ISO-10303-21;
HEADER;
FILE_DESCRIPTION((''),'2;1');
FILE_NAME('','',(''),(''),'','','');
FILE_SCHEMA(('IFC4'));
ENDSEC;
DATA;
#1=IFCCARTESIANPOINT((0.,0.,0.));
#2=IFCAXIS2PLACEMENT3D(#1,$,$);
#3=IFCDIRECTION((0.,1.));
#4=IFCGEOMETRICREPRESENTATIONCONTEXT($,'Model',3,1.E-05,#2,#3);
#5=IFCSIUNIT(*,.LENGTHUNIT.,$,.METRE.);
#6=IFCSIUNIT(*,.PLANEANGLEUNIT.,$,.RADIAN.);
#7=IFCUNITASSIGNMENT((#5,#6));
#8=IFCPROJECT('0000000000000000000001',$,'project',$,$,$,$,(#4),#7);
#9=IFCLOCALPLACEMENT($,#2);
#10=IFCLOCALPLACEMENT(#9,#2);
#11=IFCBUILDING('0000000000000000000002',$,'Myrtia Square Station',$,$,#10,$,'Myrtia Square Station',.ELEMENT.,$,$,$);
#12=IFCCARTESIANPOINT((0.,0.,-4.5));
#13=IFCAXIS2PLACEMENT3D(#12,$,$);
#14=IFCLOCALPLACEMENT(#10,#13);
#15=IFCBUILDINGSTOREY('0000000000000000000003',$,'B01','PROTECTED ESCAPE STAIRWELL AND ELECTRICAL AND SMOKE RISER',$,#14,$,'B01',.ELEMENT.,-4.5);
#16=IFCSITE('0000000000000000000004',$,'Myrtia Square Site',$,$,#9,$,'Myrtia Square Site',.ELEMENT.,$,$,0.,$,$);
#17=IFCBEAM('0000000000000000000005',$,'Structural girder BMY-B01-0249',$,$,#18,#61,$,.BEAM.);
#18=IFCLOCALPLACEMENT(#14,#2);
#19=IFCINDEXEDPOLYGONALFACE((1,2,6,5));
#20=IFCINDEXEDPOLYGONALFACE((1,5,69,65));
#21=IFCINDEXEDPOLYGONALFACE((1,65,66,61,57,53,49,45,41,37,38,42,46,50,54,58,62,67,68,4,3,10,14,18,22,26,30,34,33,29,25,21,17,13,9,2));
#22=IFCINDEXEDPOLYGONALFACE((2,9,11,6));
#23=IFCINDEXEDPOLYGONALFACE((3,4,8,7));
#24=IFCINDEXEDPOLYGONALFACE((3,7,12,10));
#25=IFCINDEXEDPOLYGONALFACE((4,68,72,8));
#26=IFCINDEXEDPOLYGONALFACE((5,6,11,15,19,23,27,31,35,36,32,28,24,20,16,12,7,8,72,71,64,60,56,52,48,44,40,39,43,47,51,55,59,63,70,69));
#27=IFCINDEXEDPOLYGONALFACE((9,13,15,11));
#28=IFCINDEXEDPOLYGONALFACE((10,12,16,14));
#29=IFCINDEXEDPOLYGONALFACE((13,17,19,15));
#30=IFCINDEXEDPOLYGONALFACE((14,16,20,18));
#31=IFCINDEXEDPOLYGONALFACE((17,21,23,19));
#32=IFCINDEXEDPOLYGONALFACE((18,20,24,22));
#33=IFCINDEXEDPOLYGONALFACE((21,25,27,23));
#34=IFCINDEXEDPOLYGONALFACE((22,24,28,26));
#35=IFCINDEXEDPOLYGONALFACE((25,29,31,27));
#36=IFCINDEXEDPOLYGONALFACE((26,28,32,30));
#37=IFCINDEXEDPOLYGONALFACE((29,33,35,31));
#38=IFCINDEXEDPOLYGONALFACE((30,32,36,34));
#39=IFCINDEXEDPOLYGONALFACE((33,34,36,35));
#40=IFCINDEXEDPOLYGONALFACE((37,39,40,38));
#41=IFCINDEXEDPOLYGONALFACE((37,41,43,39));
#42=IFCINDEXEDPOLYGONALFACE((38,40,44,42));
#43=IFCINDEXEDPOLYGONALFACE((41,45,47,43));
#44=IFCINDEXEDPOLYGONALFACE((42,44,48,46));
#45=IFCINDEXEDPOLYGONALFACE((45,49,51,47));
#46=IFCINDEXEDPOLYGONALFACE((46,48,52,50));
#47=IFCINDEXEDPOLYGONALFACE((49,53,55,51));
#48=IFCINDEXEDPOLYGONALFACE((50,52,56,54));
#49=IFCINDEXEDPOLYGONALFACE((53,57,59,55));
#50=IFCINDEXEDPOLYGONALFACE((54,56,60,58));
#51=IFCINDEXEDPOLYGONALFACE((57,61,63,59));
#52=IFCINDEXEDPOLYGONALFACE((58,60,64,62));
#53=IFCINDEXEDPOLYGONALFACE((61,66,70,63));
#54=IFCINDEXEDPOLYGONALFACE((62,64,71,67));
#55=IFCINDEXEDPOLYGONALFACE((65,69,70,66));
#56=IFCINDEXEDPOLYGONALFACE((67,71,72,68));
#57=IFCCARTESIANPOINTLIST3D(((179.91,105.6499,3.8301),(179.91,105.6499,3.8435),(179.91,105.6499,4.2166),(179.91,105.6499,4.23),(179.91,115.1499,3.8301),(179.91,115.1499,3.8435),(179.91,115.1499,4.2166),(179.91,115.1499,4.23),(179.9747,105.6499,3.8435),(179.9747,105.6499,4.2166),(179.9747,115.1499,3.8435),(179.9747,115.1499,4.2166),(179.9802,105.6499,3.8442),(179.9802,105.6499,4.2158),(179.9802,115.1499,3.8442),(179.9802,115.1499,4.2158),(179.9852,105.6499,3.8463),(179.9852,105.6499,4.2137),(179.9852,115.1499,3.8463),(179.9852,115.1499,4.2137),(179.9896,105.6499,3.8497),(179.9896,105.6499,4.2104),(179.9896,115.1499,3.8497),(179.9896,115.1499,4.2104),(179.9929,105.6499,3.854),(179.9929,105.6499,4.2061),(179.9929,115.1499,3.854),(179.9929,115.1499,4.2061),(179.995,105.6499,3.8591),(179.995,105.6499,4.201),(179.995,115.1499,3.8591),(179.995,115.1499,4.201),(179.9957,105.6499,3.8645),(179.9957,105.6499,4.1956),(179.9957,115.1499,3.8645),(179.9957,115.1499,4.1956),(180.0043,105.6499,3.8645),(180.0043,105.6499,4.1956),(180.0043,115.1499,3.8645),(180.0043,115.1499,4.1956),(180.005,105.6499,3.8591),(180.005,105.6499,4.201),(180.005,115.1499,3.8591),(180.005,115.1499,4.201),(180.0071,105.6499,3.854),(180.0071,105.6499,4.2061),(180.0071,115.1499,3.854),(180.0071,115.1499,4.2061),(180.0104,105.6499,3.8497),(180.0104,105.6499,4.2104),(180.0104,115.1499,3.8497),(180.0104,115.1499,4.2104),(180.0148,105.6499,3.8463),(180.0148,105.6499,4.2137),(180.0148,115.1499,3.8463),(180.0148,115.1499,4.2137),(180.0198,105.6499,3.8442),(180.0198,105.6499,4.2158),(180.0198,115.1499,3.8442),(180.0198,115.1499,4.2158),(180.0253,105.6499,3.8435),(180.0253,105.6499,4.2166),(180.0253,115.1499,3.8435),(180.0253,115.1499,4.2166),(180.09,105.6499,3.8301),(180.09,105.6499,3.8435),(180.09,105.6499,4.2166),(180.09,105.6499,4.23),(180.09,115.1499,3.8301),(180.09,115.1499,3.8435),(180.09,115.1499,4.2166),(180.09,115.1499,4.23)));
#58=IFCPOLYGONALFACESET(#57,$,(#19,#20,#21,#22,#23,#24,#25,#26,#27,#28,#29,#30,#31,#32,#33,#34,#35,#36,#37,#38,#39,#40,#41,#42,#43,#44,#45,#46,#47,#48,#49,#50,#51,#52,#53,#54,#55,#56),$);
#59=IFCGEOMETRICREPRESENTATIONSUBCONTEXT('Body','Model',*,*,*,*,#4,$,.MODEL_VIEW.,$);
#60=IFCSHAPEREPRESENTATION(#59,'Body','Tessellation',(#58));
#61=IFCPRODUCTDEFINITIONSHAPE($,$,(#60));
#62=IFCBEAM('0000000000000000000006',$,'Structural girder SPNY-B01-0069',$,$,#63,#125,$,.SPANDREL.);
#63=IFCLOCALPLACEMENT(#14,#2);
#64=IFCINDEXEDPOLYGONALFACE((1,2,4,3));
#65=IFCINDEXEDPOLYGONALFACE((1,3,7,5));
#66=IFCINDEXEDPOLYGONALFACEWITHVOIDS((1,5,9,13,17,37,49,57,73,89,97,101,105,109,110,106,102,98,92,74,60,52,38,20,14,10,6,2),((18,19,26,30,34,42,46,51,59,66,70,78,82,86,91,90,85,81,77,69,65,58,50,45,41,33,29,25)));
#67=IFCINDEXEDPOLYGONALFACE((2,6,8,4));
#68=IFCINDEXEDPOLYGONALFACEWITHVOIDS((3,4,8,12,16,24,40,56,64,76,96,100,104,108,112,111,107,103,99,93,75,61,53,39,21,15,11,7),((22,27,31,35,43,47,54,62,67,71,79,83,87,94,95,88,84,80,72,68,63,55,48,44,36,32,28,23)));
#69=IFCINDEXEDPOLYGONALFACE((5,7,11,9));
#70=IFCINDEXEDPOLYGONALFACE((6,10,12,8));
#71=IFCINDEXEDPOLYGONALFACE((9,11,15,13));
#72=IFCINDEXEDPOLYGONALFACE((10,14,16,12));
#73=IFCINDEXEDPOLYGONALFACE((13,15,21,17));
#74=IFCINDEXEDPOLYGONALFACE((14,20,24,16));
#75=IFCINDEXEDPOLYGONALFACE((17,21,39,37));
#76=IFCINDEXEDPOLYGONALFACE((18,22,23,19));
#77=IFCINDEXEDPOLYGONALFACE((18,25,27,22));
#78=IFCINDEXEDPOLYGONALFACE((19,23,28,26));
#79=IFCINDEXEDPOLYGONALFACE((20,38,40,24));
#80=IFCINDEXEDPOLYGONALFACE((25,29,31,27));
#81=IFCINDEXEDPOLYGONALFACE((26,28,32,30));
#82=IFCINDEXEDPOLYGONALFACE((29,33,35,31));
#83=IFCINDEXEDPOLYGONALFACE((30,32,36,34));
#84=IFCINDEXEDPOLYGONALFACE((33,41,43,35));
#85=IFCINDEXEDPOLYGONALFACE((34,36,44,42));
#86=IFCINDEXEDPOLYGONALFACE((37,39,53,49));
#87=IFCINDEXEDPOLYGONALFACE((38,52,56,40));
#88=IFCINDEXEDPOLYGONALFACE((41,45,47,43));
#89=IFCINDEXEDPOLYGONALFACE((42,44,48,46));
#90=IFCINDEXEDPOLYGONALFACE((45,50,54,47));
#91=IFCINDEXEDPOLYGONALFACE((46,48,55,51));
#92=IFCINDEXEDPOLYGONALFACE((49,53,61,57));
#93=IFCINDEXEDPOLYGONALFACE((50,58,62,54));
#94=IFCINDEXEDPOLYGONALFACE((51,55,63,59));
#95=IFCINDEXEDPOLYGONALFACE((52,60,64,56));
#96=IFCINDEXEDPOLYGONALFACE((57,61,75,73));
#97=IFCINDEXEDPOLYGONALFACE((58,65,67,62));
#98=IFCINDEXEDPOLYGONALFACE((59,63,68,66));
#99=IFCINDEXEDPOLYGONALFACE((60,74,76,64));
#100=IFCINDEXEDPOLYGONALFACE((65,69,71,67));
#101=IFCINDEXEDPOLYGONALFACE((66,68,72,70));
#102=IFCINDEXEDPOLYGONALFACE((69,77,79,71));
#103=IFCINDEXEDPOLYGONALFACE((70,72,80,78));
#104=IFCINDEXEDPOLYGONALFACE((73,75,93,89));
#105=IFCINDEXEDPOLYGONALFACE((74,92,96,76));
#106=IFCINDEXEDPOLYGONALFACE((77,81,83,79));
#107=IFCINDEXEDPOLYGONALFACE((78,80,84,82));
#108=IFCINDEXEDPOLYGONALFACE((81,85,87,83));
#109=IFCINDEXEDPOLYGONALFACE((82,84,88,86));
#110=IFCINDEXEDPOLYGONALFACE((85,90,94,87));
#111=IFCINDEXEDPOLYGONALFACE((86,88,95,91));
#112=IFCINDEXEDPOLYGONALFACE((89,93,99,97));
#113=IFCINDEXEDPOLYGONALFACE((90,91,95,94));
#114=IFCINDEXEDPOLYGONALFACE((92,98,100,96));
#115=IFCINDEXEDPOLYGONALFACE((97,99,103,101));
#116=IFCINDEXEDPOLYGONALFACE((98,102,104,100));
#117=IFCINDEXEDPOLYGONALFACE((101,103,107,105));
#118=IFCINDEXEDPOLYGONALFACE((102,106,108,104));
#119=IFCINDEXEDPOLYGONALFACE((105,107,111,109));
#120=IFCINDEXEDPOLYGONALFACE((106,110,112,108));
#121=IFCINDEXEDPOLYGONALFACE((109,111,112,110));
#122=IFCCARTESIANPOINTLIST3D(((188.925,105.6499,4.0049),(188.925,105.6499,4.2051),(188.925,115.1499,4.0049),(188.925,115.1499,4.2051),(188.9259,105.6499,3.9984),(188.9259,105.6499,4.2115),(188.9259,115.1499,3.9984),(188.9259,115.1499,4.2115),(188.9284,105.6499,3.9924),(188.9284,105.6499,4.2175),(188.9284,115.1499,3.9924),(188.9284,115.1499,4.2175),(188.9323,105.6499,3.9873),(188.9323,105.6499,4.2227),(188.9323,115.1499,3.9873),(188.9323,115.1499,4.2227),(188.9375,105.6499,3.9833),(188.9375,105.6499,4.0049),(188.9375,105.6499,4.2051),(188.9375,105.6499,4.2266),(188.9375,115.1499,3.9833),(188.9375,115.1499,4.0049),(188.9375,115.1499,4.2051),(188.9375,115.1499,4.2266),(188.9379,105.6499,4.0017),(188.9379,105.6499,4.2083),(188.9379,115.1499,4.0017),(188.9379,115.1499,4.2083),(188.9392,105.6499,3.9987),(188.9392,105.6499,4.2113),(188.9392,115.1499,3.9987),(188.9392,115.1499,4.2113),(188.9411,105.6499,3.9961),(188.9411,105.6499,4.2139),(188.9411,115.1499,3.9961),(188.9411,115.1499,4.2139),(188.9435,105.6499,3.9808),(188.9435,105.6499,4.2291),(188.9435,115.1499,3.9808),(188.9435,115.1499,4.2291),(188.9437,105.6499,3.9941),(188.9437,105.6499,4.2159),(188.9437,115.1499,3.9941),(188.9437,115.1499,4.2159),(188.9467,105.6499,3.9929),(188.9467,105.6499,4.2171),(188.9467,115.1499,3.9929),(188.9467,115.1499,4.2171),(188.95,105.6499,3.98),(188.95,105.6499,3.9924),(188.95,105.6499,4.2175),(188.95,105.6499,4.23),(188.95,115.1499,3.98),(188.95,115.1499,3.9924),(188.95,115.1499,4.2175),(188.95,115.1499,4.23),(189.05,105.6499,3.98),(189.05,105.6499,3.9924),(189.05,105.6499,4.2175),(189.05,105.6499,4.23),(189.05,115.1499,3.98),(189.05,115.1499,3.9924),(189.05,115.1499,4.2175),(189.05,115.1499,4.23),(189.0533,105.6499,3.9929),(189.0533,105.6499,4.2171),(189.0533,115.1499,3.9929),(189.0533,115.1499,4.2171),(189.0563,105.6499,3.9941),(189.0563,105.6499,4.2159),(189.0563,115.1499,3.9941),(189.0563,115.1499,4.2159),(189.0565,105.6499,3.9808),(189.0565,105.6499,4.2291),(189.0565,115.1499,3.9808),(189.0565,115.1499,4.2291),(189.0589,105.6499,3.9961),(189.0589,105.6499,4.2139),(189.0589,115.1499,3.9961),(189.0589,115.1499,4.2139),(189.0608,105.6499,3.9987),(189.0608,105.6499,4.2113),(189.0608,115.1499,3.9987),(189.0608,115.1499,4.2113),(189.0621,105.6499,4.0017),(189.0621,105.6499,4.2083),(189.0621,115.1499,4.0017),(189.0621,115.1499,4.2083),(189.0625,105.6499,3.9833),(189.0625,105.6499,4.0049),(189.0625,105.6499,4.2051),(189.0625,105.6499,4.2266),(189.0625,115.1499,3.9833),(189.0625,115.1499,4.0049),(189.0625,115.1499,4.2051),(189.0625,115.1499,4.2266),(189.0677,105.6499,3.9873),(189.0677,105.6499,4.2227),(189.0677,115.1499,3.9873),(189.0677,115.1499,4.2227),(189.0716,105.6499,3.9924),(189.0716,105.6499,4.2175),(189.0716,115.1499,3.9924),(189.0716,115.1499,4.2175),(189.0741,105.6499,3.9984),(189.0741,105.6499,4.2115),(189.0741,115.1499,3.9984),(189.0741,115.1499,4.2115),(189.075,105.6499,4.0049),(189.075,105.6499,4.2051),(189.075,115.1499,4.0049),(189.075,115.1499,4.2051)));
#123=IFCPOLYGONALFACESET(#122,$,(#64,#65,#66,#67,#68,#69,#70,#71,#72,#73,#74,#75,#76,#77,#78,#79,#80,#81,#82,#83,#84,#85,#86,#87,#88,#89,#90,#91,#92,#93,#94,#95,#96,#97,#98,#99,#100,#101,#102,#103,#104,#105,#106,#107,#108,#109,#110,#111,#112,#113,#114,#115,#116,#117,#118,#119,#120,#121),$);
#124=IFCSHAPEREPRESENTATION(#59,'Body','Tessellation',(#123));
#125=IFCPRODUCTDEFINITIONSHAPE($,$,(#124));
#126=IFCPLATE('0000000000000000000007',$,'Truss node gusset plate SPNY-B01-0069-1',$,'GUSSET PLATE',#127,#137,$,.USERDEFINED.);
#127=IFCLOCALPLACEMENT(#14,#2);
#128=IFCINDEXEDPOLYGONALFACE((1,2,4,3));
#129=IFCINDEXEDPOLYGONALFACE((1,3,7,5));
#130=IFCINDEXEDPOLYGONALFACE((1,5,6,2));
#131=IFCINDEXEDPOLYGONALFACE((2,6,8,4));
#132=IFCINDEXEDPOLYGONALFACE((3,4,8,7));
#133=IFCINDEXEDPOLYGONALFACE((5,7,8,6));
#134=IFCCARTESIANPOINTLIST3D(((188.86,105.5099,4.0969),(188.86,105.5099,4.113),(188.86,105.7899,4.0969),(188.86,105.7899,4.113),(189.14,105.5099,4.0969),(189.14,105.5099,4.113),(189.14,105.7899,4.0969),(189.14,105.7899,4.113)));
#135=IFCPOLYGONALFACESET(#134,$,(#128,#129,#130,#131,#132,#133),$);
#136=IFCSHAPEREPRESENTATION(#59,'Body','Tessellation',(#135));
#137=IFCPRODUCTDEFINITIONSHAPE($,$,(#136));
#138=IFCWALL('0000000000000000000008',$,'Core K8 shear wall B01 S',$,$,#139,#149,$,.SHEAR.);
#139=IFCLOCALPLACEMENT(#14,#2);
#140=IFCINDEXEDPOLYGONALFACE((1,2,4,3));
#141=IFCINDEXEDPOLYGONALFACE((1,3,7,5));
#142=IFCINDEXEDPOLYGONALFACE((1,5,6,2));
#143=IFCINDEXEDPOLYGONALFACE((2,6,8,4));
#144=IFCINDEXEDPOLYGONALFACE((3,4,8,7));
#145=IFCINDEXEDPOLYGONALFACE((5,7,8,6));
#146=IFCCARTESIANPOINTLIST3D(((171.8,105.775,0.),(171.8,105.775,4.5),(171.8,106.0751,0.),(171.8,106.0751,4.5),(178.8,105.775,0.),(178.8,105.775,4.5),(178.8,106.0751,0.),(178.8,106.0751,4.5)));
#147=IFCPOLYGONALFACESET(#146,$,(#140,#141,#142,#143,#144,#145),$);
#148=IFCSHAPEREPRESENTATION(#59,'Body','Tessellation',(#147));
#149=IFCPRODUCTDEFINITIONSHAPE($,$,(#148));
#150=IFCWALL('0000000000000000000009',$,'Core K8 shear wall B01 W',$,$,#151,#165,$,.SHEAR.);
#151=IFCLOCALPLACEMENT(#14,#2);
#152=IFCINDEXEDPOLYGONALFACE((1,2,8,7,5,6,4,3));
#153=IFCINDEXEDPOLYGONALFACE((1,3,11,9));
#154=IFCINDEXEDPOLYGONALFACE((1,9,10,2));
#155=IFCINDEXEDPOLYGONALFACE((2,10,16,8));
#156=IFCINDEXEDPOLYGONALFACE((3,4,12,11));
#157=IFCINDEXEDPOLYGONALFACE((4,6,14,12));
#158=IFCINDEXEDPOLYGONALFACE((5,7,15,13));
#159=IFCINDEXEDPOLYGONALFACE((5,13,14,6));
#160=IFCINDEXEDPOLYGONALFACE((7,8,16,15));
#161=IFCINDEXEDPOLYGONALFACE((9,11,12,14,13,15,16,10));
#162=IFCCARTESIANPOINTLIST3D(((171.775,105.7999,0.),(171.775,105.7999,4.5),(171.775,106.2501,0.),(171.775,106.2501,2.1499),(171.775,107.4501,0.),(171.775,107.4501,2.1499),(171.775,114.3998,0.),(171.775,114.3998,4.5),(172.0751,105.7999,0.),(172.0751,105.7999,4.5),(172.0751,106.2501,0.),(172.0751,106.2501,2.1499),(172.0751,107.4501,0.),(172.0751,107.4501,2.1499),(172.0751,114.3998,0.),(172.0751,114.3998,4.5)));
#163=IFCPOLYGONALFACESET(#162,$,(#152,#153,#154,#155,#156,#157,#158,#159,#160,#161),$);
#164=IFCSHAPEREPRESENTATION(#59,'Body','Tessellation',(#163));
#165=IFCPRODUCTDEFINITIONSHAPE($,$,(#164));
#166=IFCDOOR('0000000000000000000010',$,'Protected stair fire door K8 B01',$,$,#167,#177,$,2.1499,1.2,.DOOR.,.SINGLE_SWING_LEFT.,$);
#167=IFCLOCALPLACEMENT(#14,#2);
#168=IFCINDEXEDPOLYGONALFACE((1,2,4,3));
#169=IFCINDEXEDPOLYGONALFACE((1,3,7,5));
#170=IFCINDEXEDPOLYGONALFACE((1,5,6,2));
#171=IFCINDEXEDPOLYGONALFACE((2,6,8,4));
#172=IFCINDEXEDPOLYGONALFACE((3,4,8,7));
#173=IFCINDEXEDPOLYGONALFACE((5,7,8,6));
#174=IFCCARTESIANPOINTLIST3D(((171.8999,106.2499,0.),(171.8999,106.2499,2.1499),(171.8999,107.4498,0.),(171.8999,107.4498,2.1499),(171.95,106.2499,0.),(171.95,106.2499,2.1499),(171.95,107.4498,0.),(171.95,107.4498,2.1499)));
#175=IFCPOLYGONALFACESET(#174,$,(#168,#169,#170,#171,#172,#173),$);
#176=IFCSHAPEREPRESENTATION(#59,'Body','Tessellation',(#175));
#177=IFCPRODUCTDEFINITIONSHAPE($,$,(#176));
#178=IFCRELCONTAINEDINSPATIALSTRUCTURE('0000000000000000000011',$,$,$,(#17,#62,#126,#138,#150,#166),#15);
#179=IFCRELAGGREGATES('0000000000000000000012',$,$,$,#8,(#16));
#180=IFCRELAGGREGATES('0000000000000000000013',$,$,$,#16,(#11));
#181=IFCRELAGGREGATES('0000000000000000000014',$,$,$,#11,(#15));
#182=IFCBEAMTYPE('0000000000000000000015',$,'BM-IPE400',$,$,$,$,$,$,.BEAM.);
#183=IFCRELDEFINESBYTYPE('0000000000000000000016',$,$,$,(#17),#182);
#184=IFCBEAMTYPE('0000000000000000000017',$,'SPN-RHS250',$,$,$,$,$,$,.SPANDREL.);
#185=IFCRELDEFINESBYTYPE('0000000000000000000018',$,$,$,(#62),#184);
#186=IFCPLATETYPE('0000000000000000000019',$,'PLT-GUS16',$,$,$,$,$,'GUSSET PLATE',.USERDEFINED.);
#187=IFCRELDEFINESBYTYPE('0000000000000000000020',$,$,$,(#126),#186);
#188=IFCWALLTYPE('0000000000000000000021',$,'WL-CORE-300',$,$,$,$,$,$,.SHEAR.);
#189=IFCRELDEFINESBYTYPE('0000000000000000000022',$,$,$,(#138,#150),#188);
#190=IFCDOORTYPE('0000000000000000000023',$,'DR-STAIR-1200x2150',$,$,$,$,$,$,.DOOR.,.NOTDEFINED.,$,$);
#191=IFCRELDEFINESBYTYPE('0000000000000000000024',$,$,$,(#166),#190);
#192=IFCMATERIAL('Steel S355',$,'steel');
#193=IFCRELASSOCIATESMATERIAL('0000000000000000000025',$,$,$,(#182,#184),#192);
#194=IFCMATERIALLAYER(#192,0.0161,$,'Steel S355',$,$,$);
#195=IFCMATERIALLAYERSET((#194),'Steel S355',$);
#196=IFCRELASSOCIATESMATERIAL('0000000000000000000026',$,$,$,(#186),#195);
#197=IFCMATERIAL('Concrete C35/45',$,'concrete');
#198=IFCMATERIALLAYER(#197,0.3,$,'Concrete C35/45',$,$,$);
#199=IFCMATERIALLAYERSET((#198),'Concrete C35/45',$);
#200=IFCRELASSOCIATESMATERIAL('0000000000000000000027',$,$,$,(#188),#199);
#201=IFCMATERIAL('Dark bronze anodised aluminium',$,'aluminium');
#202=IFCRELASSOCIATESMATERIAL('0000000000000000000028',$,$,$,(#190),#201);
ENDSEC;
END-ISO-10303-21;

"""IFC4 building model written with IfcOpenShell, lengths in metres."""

from ifc_helpers import new_model, si_unit, direction, frame, frame_2d, origin, origin_2d, place, context, subcontext, project, spatial, rectangle, hollow_rectangle, i_section, extrude, material, layer, layer_set, material_profile, profile_set, type_object, element, fill, save


model = new_model("IFC4")

# Units and contexts
model_context = context("Model", 3, precision=1e-05, world=origin(), true_north=direction((0.0, 1.0)))
body_context = subcontext(model_context, "Body", "Model", "MODEL_VIEW")
ifc_project = project(units=[si_unit("LENGTHUNIT", "METRE"), si_unit("PLANEANGLEUNIT", "RADIAN")], contexts=[model_context])

# Site, building, storey
site_placement = place(None, origin())
site = spatial("IfcSite", under=ifc_project, at=site_placement, Name="Myrtia Square Site", LongName="Myrtia Square Site", CompositionType="ELEMENT", RefElevation=0.0)
building_placement = place(site_placement, origin())
building = spatial("IfcBuilding", under=site, at=building_placement, Name="Myrtia Square Station", LongName="Myrtia Square Station", CompositionType="ELEMENT")
storey_placement = place(building_placement, frame((0.0, 0.0, -4.5)))
storey = spatial("IfcBuildingStorey", under=building, at=storey_placement, Name="B01", Description="PROTECTED ESCAPE STAIRWELL AND ELECTRICAL AND SMOKE RISER", LongName="B01", CompositionType="ELEMENT", Elevation=-4.5)

# Shared definitions
ifc_material_1 = material(Name="Concrete C35/45", Category="concrete")

# Shared definitions
ifc_material_2 = material(Name="Steel S355", Category="steel")

# Beams
ifc_material_profile_1 = material_profile(ifc_material_2, i_section(OverallWidth=0.1799, OverallDepth=0.3999, WebThickness=0.0085, FlangeThickness=0.0134, FilletRadius=0.021, at=origin_2d()), Name="IPE 400")
ifc_profile_set_1 = profile_set([ifc_material_profile_1], Name="Steel S355")
beam_type_1 = type_object("IfcBeamType", Name="BM-IPE400", PredefinedType="BEAM", material=ifc_profile_set_1)
beam_1_placement = place(storey_placement, frame((180.0, 105.6499, 4.03), z_axis=(0.0, 1.0, 0.0), x_axis=(-1.0, 0.0, 0.0)))
element("IfcBeam", 1, at=beam_1_placement, inside=storey, type_object=beam_type_1, Name="Structural girder BMY-B01-0249", PredefinedType="BEAM", context=body_context, shape_type="SweptSolid", body=[
    extrude(i_section(OverallWidth=0.1799, OverallDepth=0.3999, WebThickness=0.0085, FlangeThickness=0.0134, FilletRadius=0.021, at=origin_2d()), origin(), (0.0, 0.0, 1.0), 9.5),
])
ifc_material_profile_2 = material_profile(ifc_material_2, hollow_rectangle(XDim=0.1499, YDim=0.25, WallThickness=0.0125, InnerFilletRadius=0.0125, OuterFilletRadius=0.0249, at=origin_2d()), Name="RHS 250x150x12.5")
ifc_profile_set_2 = profile_set([ifc_material_profile_2], Name="Steel S355")
beam_type_2 = type_object("IfcBeamType", Name="SPN-RHS250", PredefinedType="SPANDREL", material=ifc_profile_set_2)
beam_2_placement = place(storey_placement, frame((189.0, 105.6499, 4.105), z_axis=(0.0, 1.0, 0.0), x_axis=(-1.0, 0.0, 0.0)))
element("IfcBeam", 2, at=beam_2_placement, inside=storey, type_object=beam_type_2, Name="Structural girder SPNY-B01-0069", PredefinedType="SPANDREL", context=body_context, shape_type="SweptSolid", body=[
    extrude(hollow_rectangle(XDim=0.1499, YDim=0.25, WallThickness=0.0125, InnerFilletRadius=0.0125, OuterFilletRadius=0.0249, at=origin_2d()), origin(), (0.0, 0.0, 1.0), 9.5),
])

# Plate
ifc_layer_1 = layer(ifc_material_2, 0.0161, Name="Steel S355")
ifc_layer_set_1 = layer_set([ifc_layer_1], Name="Steel S355")
plate_type = type_object("IfcPlateType", Name="PLT-GUS16", ElementType="GUSSET PLATE", PredefinedType="USERDEFINED", material=ifc_layer_set_1)
plate_placement = place(storey_placement, frame((189.0, 105.6499, 4.0969), z_axis=(0.0, 0.0, 1.0), x_axis=(0.0, 1.0, 0.0)))
element("IfcPlate", 3, at=plate_placement, inside=storey, type_object=plate_type, Name="Truss node gusset plate SPNY-B01-0069-1", ObjectType="GUSSET PLATE", PredefinedType="USERDEFINED", context=body_context, shape_type="SweptSolid", body=[
    extrude(rectangle(XDim=0.28, YDim=0.28, at=origin_2d()), origin(), (0.0, 0.0, 1.0), 0.0161),
])

# Wall
ifc_layer_2 = layer(ifc_material_1, 0.3, Name="Concrete C35/45")
ifc_layer_set_2 = layer_set([ifc_layer_2], Name="Concrete C35/45")
wall_type_1 = type_object("IfcWallType", Name="WL-CORE-300", PredefinedType="SHEAR", material=ifc_layer_set_2)
wall_1_placement = place(storey_placement, frame((171.8, 105.925, 0.0), z_axis=(0.0, 0.0, 1.0), x_axis=(1.0, 0.0, 0.0)))
element("IfcWall", 4, at=wall_1_placement, inside=storey, type_object=wall_type_1, Name="Core K8 shear wall B01 S", PredefinedType="SHEAR", context=body_context, shape_type="SweptSolid", body=[
    extrude(rectangle(XDim=7.0, YDim=0.3, at=frame_2d((3.5, 0.0))), origin(), (0.0, 0.0, 1.0), 4.5),
])

# Wall, opening, door
wall_2_placement = place(storey_placement, frame((171.925, 105.8, 0.0), z_axis=(0.0, 0.0, 1.0), x_axis=(0.0, 1.0, 0.0)))
wall_2 = element("IfcWall", 5, at=wall_2_placement, inside=storey, type_object=wall_type_1, Name="Core K8 shear wall B01 W", PredefinedType="SHEAR", context=body_context, shape_type="SweptSolid", body=[
    extrude(rectangle(XDim=8.5999, YDim=0.3, at=frame_2d((4.2998, 0.0))), origin(), (0.0, 0.0, 1.0), 4.5),
])
opening_1_placement = place(wall_2_placement, frame((0.45, 0.0, 0.0)))
opening_1 = element("IfcOpeningElement", 6, at=opening_1_placement, cuts=wall_2, PredefinedType="OPENING", context=body_context, shape_type="SweptSolid", body=[
    extrude(rectangle(XDim=1.2, YDim=2.1499, at=frame_2d((0.6001, 1.075))), frame((0.0, 0.165, 0.0), z_axis=(0.0, -1.0, 0.0), x_axis=(1.0, 0.0, 0.0)), (0.0, 0.0, 1.0), 0.3301),
])
ifc_material_3 = material(Name="Dark bronze anodised aluminium", Category="aluminium")
door_type_1 = type_object("IfcDoorType", Name="DR-STAIR-1200x2150", OperationType="NOTDEFINED", PredefinedType="DOOR", material=ifc_material_3)
door_1_placement = place(opening_1_placement, frame((1.2, 0.0, 0.0), z_axis=(0.0, 0.0, 1.0), x_axis=(-1.0, 0.0, 0.0)))
door_1 = element("IfcDoor", 7, at=door_1_placement, inside=storey, type_object=door_type_1, Name="Protected stair fire door K8 B01", OperationType="SINGLE_SWING_LEFT", OverallHeight=2.1499, OverallWidth=1.2, PredefinedType="DOOR", context=body_context, shape_type="SweptSolid", body=[
    extrude(rectangle(XDim=1.2, YDim=2.1499, at=frame_2d((0.6001, 1.075))), frame((0.0, 0.0249, 0.0), z_axis=(0.0, -1.0, 0.0), x_axis=(1.0, 0.0, 0.0)), (0.0, 0.0, 1.0), 0.05),
])
fill(opening_1, door_1)

save(model, "model.ifc")
